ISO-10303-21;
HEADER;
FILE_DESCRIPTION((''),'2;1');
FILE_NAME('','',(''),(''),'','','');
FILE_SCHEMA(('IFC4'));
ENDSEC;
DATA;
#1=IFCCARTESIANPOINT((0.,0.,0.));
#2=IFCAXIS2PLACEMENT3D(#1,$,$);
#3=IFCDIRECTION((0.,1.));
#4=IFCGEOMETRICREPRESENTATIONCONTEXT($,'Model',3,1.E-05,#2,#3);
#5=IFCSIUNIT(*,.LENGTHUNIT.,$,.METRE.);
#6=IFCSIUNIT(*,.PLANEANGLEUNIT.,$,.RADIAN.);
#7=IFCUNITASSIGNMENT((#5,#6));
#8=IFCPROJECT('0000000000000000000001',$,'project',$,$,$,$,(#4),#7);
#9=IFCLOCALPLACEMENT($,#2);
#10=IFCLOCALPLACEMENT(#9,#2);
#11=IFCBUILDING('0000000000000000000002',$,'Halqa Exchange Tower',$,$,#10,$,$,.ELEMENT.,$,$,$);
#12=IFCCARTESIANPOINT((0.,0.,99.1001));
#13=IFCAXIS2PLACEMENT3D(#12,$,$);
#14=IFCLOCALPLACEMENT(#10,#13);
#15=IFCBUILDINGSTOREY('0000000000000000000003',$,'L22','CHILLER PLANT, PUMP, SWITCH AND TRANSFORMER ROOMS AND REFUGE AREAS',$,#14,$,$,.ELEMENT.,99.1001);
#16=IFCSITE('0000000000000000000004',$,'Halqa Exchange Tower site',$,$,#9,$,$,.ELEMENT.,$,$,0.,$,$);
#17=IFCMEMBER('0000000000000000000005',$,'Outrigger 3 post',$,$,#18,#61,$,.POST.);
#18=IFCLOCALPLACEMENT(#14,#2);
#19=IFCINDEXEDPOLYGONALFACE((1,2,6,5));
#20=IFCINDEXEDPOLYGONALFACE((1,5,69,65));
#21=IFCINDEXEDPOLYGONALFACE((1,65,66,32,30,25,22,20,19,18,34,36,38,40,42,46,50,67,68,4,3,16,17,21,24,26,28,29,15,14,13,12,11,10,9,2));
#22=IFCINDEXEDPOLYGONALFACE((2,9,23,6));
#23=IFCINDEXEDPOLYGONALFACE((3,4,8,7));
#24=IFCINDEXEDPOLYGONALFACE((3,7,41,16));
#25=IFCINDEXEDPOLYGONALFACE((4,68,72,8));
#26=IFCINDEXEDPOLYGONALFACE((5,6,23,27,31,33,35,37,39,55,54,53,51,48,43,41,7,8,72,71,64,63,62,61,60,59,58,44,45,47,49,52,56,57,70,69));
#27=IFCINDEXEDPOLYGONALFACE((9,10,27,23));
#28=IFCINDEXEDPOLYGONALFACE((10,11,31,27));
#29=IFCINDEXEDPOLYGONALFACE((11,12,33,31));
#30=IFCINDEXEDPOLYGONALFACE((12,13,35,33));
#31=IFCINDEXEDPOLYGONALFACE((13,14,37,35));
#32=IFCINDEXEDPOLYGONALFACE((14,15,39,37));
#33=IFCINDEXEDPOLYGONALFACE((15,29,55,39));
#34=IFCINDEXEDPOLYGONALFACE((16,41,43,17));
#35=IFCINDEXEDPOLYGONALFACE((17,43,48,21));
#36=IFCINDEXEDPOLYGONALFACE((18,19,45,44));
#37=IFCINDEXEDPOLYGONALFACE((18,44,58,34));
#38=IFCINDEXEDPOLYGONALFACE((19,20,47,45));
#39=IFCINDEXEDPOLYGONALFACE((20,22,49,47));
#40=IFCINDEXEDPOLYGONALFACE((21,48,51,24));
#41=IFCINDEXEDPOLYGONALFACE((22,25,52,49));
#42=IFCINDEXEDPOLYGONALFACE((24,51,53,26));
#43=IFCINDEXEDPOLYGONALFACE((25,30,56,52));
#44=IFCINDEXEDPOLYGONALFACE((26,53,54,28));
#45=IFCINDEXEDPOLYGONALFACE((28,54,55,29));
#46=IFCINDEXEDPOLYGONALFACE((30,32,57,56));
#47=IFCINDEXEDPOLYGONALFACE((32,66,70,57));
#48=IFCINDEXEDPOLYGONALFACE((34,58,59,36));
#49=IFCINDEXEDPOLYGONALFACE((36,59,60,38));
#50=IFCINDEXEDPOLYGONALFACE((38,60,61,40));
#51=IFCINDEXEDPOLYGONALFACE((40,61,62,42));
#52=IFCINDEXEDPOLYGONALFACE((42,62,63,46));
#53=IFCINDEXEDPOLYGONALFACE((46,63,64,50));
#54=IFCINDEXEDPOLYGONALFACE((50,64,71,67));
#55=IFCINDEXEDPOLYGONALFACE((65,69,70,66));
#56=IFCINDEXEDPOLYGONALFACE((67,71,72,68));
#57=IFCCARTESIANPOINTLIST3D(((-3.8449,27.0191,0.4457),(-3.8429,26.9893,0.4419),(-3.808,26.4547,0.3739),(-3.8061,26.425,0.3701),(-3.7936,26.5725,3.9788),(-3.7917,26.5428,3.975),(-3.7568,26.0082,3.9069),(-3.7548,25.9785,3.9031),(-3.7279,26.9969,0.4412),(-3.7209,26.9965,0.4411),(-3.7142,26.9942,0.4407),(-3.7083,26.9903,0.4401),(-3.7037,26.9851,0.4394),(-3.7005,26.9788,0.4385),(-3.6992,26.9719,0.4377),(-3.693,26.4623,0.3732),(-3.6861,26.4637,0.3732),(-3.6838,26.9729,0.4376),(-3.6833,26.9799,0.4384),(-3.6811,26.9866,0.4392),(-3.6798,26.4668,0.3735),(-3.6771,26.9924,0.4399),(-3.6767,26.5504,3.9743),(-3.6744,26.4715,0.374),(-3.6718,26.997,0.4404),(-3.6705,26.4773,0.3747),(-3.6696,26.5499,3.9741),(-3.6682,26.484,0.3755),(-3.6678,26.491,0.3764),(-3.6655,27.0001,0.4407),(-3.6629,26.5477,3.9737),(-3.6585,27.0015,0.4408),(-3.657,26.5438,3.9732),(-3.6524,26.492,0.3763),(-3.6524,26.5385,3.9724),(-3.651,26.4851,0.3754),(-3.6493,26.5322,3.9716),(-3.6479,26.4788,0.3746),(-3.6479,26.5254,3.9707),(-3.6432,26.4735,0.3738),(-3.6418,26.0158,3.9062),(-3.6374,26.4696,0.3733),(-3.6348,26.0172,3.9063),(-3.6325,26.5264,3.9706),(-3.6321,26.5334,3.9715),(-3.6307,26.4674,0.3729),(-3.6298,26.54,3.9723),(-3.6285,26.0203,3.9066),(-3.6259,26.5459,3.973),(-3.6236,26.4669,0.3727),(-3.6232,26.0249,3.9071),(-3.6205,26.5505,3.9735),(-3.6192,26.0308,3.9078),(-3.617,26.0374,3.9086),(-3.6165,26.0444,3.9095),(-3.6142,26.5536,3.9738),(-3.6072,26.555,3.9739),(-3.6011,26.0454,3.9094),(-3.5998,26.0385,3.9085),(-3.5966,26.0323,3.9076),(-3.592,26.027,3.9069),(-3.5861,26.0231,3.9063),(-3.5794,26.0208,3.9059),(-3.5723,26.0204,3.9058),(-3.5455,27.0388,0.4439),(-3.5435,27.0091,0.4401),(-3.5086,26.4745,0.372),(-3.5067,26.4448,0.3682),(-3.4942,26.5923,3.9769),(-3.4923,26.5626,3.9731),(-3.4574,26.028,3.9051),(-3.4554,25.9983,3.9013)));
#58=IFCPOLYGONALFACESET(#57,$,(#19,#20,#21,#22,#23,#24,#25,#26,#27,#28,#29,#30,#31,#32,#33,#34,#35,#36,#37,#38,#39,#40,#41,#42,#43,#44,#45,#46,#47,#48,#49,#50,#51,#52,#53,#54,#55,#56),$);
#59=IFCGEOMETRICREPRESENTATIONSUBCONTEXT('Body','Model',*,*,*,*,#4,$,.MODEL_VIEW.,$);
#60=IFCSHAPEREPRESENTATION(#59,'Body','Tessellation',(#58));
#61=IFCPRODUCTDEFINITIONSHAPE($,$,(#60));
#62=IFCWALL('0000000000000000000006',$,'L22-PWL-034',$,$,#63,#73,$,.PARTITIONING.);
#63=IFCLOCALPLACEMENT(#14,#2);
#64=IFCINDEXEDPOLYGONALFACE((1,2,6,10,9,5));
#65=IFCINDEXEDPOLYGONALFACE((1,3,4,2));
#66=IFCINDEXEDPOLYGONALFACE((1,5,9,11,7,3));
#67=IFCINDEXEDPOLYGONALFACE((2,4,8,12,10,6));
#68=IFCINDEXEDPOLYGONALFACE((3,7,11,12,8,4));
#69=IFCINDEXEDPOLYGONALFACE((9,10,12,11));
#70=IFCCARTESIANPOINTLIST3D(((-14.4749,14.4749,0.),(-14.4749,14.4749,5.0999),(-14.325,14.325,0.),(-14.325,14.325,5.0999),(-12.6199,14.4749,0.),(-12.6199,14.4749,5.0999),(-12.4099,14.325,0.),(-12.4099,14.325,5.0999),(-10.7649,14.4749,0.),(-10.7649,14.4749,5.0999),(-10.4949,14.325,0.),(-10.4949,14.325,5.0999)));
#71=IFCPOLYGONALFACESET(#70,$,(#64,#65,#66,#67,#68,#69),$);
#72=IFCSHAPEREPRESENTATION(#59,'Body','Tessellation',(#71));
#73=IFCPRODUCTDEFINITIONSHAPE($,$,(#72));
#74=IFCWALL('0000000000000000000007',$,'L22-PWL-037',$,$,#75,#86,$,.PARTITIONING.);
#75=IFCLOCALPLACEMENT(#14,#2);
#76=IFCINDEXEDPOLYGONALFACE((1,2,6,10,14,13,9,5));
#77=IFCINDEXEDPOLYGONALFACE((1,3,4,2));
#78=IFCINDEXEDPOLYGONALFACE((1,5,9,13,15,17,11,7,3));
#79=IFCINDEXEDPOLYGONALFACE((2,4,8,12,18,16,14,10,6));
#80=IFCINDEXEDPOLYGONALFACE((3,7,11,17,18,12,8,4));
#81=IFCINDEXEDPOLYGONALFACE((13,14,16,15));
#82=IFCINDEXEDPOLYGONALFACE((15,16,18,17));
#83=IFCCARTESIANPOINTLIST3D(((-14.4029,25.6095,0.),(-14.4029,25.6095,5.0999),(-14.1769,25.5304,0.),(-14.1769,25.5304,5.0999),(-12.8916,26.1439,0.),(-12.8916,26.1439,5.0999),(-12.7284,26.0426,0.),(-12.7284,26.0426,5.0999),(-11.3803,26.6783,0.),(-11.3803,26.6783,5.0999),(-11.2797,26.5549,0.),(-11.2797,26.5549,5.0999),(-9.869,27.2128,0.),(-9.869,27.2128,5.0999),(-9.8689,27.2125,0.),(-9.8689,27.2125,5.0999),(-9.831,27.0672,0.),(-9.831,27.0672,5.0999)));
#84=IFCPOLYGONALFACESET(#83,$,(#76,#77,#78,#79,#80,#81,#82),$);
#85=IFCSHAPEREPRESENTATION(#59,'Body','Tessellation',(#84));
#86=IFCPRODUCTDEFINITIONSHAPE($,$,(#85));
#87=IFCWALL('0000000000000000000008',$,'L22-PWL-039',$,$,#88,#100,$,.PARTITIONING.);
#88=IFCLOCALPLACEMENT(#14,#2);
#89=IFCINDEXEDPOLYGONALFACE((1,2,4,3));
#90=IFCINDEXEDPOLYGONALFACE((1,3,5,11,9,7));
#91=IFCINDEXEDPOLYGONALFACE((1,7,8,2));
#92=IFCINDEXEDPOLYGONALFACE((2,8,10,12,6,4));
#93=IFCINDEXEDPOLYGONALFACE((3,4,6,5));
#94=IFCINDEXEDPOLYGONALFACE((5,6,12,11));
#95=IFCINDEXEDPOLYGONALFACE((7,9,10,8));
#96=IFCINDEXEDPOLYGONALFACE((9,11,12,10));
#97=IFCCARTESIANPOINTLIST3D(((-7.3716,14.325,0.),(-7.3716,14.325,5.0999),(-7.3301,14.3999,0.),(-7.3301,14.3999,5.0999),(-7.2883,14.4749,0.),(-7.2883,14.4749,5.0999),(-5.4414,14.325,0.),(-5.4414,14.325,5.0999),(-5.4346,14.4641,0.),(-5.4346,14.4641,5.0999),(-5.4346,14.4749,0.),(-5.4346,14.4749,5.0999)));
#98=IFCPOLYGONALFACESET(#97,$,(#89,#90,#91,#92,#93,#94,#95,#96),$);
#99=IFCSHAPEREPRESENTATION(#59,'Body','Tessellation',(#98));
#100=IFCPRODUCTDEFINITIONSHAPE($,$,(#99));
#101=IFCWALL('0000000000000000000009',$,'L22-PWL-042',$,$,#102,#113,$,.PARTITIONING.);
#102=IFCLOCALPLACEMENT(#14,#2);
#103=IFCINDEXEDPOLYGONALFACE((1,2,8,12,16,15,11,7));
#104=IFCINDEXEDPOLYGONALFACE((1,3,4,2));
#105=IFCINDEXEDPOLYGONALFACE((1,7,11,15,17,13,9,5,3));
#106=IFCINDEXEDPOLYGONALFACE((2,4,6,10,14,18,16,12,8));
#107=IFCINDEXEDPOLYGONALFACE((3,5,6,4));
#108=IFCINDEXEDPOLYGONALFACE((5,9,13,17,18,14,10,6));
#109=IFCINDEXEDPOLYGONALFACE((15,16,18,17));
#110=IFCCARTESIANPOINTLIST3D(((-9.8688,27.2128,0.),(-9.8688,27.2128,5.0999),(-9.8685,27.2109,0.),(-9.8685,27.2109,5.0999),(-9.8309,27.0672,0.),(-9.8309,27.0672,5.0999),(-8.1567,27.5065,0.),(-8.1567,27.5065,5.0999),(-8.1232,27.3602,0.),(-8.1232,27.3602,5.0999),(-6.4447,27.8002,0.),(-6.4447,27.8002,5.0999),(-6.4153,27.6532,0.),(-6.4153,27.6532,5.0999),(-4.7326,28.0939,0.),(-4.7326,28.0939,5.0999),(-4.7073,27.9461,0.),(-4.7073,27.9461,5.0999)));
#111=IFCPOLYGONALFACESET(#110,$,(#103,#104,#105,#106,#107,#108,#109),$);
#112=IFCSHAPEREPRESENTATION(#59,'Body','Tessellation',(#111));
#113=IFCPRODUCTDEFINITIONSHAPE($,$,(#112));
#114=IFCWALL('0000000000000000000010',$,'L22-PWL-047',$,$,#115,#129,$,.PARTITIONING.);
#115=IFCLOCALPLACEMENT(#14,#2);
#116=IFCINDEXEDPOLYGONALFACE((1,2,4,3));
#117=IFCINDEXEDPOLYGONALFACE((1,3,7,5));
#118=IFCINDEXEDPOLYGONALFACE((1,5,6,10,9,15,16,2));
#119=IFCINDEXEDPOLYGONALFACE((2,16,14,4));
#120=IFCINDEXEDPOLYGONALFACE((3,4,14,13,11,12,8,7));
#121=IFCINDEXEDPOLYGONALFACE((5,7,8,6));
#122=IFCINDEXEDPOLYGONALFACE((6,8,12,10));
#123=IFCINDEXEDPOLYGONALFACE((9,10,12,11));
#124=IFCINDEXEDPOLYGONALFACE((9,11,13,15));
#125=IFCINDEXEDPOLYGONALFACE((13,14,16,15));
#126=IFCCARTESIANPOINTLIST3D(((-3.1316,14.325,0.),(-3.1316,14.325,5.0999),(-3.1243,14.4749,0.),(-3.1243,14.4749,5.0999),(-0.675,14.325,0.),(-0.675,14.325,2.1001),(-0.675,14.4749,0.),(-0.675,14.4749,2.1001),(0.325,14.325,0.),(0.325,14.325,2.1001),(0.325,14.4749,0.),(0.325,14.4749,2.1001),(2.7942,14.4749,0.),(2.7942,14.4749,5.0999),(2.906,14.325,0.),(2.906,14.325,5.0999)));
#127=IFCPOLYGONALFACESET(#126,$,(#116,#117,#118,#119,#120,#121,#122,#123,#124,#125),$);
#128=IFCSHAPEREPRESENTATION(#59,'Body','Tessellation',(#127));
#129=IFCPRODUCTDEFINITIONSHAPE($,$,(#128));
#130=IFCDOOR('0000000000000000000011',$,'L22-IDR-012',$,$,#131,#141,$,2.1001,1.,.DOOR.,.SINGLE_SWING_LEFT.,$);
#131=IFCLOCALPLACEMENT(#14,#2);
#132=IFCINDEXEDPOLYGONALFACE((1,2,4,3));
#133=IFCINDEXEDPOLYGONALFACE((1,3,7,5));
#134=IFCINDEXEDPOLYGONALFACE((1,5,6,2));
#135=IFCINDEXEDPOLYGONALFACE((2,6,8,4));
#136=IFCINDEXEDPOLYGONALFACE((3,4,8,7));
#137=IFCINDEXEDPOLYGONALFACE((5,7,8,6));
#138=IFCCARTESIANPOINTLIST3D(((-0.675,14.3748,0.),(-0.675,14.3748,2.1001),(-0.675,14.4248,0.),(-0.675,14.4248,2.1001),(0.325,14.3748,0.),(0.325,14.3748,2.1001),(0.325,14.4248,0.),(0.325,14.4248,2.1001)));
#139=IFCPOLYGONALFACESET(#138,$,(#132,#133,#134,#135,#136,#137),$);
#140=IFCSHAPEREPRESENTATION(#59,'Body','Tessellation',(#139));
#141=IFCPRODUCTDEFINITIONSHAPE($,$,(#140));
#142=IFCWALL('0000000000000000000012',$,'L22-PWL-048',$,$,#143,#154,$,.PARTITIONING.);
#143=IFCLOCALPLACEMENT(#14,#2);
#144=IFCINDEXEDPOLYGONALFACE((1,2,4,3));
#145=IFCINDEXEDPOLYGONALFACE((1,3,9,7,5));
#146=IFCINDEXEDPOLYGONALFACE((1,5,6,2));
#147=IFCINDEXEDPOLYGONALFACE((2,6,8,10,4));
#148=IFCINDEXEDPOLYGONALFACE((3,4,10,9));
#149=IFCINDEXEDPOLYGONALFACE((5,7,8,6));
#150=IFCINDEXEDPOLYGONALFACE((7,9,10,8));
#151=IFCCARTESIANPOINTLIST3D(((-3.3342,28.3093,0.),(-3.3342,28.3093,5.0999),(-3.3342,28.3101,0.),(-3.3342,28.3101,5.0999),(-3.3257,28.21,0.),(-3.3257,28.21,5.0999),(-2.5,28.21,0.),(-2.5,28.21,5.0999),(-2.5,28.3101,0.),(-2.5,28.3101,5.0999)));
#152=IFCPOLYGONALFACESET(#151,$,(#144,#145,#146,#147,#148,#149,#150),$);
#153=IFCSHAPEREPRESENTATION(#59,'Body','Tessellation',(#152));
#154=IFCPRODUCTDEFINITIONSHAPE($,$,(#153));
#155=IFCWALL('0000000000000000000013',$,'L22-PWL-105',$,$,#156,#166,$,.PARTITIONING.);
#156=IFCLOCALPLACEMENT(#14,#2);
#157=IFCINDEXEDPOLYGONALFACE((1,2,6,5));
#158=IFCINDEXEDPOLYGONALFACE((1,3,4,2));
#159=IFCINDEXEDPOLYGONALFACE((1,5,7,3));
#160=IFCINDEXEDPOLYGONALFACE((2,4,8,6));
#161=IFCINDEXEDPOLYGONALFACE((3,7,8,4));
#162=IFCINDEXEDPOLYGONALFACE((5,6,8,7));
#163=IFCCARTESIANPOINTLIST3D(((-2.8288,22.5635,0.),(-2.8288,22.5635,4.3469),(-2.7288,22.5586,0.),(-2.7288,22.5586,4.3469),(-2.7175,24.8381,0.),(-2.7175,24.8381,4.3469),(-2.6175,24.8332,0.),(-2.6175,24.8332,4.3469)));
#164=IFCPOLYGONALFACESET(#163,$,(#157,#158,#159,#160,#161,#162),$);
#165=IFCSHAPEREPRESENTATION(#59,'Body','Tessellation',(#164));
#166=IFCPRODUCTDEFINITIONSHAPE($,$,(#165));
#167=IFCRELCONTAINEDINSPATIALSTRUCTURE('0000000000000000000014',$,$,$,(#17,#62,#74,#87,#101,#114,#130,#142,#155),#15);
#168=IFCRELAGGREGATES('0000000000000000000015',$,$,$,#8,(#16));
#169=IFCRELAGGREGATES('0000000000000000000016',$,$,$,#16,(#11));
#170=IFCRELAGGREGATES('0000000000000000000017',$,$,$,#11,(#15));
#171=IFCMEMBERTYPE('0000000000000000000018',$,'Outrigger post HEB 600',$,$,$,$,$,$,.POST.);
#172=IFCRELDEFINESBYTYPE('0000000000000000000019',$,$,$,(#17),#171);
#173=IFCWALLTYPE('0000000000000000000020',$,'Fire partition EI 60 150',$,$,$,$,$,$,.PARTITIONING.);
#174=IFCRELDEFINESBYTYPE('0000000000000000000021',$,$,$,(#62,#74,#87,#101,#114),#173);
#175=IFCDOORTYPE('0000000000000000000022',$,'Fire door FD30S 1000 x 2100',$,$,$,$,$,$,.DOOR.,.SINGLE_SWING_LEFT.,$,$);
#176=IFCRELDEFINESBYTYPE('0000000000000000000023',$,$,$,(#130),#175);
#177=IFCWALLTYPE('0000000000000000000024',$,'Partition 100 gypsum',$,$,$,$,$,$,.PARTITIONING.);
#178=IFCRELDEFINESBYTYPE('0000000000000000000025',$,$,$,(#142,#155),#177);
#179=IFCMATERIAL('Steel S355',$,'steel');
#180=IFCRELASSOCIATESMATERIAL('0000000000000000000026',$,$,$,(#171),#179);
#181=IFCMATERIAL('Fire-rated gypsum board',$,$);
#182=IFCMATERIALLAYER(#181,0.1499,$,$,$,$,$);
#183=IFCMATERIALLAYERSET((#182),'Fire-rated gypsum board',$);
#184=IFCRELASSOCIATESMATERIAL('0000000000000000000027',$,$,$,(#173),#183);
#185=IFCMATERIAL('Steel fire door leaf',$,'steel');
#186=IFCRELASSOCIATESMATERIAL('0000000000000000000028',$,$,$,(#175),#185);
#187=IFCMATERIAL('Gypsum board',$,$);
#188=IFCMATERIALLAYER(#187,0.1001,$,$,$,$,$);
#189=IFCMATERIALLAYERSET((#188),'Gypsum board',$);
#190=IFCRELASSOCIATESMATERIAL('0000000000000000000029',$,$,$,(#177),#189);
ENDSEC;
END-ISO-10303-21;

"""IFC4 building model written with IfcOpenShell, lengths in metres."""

from ifc_helpers import new_model, si_unit, direction, frame, frame_2d, origin, origin_2d, place, context, subcontext, project, spatial, polyline, rectangle, i_section, outline, extrude, material, layer, layer_set, material_profile, profile_set, type_object, element, fill, save


model = new_model("IFC4")

# Units and contexts
model_context = context("Model", 3, precision=1e-05, world=origin(), true_north=direction((0.0, 1.0)))
body_context = subcontext(model_context, "Body", "Model", "MODEL_VIEW")
ifc_project = project(units=[si_unit("LENGTHUNIT", "METRE"), si_unit("PLANEANGLEUNIT", "RADIAN")], contexts=[model_context])

# Site, building, storey
site_placement = place(None, origin())
site = spatial("IfcSite", under=ifc_project, at=site_placement, Name="Halqa Exchange Tower site", CompositionType="ELEMENT", RefElevation=0.0)
building_placement = place(site_placement, origin())
building = spatial("IfcBuilding", under=site, at=building_placement, Name="Halqa Exchange Tower", CompositionType="ELEMENT")
storey_placement = place(building_placement, frame((0.0, 0.0, 99.1001)))
storey = spatial("IfcBuildingStorey", under=building, at=storey_placement, Name="L22", Description="CHILLER PLANT, PUMP, SWITCH AND TRANSFORMER ROOMS AND REFUGE AREAS", CompositionType="ELEMENT", Elevation=99.1001)

# Member
ifc_material_1 = material(Name="Steel S355", Category="steel")
ifc_material_profile_1 = material_profile(ifc_material_1, i_section(OverallWidth=0.3, OverallDepth=0.6001, WebThickness=0.0154, FlangeThickness=0.03, FilletRadius=0.0271, at=origin_2d()), Name="HEB 600")
ifc_profile_set_1 = profile_set([ifc_material_profile_1], Name="Steel S355")
member_type_1 = type_object("IfcMemberType", Name="Outrigger post HEB 600", PredefinedType="POST", material=ifc_profile_set_1)
member_1_placement = place(storey_placement, frame((-3.6758, 26.7319, 0.407), z_axis=(0.014396, -0.12538, 0.992004), x_axis=(-0.997806, -0.065927, 0.006147)))
element("IfcMember", 1, at=member_1_placement, inside=storey, type_object=member_type_1, Name="Outrigger 3 post", PredefinedType="POST", context=body_context, shape_type="SweptSolid", body=[
    extrude(i_section(OverallWidth=0.3, OverallDepth=0.6001, WebThickness=0.0154, FlangeThickness=0.03, FilletRadius=0.0271, at=origin_2d()), origin(), (0.0, 0.0, 1.0), 3.5615),
])

# Wall
ifc_material_2 = material(Name="Fire-rated gypsum board")
ifc_layer_1 = layer(ifc_material_2, 0.1499)
ifc_layer_set_1 = layer_set([ifc_layer_1], Name="Fire-rated gypsum board")
wall_type_1 = type_object("IfcWallType", Name="Fire partition EI 60 150", PredefinedType="PARTITIONING", material=ifc_layer_set_1)
wall_1_placement = place(storey_placement, frame((-14.4751, 14.3999, 0.0), z_axis=(0.0, 0.0, 1.0), x_axis=(1.0, 0.0, 0.0)))
element("IfcWall", 2, at=wall_1_placement, inside=storey, type_object=wall_type_1, Name="L22-PWL-034", PredefinedType="PARTITIONING", context=body_context, shape_type="SweptSolid", body=[
    extrude(outline(polyline([(3.9802, -0.075), (3.9802, -0.075), (3.7102, 0.075), (1.8552, 0.075), (0.0002, 0.075), (0.1501, -0.075), (2.0652, -0.075), (3.9802, -0.075)])), origin(), (0.0, 0.0, 1.0), 5.0999),
])

# Shared definitions
ifc_material_3 = material(Name="Steel fire door leaf", Category="steel")
door_type = type_object("IfcDoorType", Name="Fire door FD30S 1000 x 2100", OperationType="SINGLE_SWING_LEFT", PredefinedType="DOOR", material=ifc_material_3)

# Walls
wall_2_placement = place(storey_placement, frame((-9.844, 27.1421, 0.0), z_axis=(0.0, 0.0, 1.0), x_axis=(-0.942791, -0.333386, 0.0)))
element("IfcWall", 3, at=wall_2_placement, inside=storey, type_object=wall_type_1, Name="L22-PWL-037", PredefinedType="PARTITIONING", context=body_context, shape_type="SweptSolid", body=[
    extrude(outline(polyline([(0.0, -0.075), (1.603, -0.075), (3.2061, -0.075), (4.8091, -0.075), (4.6223, 0.075), (3.0859, 0.075), (1.5493, 0.075), (0.0127, 0.075), (0.0, -0.0747), (0.0, -0.075)])), origin(), (0.0, 0.0, 1.0), 5.0999),
])
wall_3_placement = place(storey_placement, frame((-7.3716, 14.3999, 0.0), z_axis=(0.0, 0.0, 1.0), x_axis=(1.0, 0.0, 0.0)))
element("IfcWall", 4, at=wall_3_placement, inside=storey, type_object=wall_type_1, Name="L22-PWL-039", PredefinedType="PARTITIONING", context=body_context, shape_type="SweptSolid", body=[
    extrude(outline(polyline([(0.0, -0.075), (1.9302, -0.075), (1.937, 0.0642), (1.937, 0.075), (0.0833, 0.075), (0.0415, 0.0), (0.0, -0.075), (0.0, -0.075)])), origin(), (0.0, 0.0, 1.0), 5.0999),
])
wall_4_placement = place(storey_placement, frame((-4.72, 28.02, 0.0), z_axis=(0.0, 0.0, 1.0), x_axis=(-0.985603, -0.169077, 0.0)))
element("IfcWall", 5, at=wall_4_placement, inside=storey, type_object=wall_type_1, Name="L22-PWL-042", PredefinedType="PARTITIONING", context=body_context, shape_type="SweptSolid", body=[
    extrude(outline(polyline([(5.2112, -0.075), (5.2112, -0.073), (5.1985, 0.075), (3.4658, 0.075), (1.7329, 0.075), (0.0, 0.075), (0.0, -0.075), (1.7371, -0.075), (3.4741, -0.075), (5.2112, -0.075)])), origin(), (0.0, 0.0, 1.0), 5.0999),
])

# Wall, opening, door
wall_5_placement = place(storey_placement, frame((-3.1316, 14.3999, 0.0), z_axis=(0.0, 0.0, 1.0), x_axis=(1.0, 0.0, 0.0)))
wall_5 = element("IfcWall", 6, at=wall_5_placement, inside=storey, type_object=wall_type_1, Name="L22-PWL-047", PredefinedType="PARTITIONING", context=body_context, shape_type="SweptSolid", body=[
    extrude(outline(polyline([(0.0, -0.075), (1.5093, -0.075), (3.0188, -0.075), (4.5281, -0.075), (6.0376, -0.075), (5.9817, 0.0), (5.9258, 0.075), (3.9529, 0.075), (1.9802, 0.075), (0.0073, 0.075), (0.0, -0.075)])), origin(), (0.0, 0.0, 1.0), 5.0999),
])
opening_1_placement = place(wall_5_placement, frame((2.4565, 0.0, 0.0)))
opening_1 = element("IfcOpeningElement", 7, at=opening_1_placement, cuts=wall_5, PredefinedType="OPENING", context=body_context, shape_type="SweptSolid", body=[
    extrude(rectangle(XDim=1.0, YDim=2.1001, at=frame_2d((0.5, 1.05))), frame((0.0, 0.0869, 0.0), z_axis=(0.0, -1.0, 0.0), x_axis=(1.0, 0.0, 0.0)), (0.0, 0.0, 1.0), 0.1738),
])
door_1_placement = place(opening_1_placement, origin())
door_1 = element("IfcDoor", 8, at=door_1_placement, inside=storey, type_object=door_type, Name="L22-IDR-012", OperationType="SINGLE_SWING_LEFT", OverallHeight=2.1001, OverallWidth=1.0, PredefinedType="DOOR", context=body_context, shape_type="SweptSolid", body=[
    extrude(rectangle(XDim=1.0, YDim=2.1001, at=frame_2d((0.5, 1.05))), frame((0.0, 0.0249, 0.0), z_axis=(0.0, -1.0, 0.0), x_axis=(1.0, 0.0, 0.0)), (0.0, 0.0, 1.0), 0.05),
])
fill(opening_1, door_1)

# Walls
ifc_material_4 = material(Name="Gypsum board")
ifc_layer_2 = layer(ifc_material_4, 0.1001)
ifc_layer_set_2 = layer_set([ifc_layer_2], Name="Gypsum board")
wall_type_2 = type_object("IfcWallType", Name="Partition 100 gypsum", PredefinedType="PARTITIONING", material=ifc_layer_set_2)
wall_6_placement = place(storey_placement, frame((-2.5, 28.26, 0.0), z_axis=(0.0, 0.0, 1.0), x_axis=(-1.0, 0.0, 0.0)))
element("IfcWall", 9, at=wall_6_placement, inside=storey, type_object=wall_type_2, Name="L22-PWL-048", PredefinedType="PARTITIONING", context=body_context, shape_type="SweptSolid", body=[
    extrude(outline(polyline([(0.8342, -0.05), (0.8342, -0.0493), (0.8257, 0.05), (0.0, 0.05), (0.0, -0.05), (0.8342, -0.05)])), origin(), (0.0, 0.0, 1.0), 5.0999),
])
wall_7_placement = place(storey_placement, frame((-2.7788, 22.561, 0.0), z_axis=(0.0, 0.0, 1.0), x_axis=(0.048884, 0.998804, 0.0)))
element("IfcWall", 10, at=wall_7_placement, inside=storey, type_object=wall_type_2, Name="L22-PWL-105", PredefinedType="PARTITIONING", context=body_context, shape_type="SweptSolid", body=[
    extrude(outline(polyline([(0.0, 0.05), (0.0, -0.05), (2.2773, -0.05), (2.2773, 0.05), (0.0, 0.05)])), origin(), (0.0, 0.0, 1.0), 4.3469),
])

save(model, "model.ifc")
